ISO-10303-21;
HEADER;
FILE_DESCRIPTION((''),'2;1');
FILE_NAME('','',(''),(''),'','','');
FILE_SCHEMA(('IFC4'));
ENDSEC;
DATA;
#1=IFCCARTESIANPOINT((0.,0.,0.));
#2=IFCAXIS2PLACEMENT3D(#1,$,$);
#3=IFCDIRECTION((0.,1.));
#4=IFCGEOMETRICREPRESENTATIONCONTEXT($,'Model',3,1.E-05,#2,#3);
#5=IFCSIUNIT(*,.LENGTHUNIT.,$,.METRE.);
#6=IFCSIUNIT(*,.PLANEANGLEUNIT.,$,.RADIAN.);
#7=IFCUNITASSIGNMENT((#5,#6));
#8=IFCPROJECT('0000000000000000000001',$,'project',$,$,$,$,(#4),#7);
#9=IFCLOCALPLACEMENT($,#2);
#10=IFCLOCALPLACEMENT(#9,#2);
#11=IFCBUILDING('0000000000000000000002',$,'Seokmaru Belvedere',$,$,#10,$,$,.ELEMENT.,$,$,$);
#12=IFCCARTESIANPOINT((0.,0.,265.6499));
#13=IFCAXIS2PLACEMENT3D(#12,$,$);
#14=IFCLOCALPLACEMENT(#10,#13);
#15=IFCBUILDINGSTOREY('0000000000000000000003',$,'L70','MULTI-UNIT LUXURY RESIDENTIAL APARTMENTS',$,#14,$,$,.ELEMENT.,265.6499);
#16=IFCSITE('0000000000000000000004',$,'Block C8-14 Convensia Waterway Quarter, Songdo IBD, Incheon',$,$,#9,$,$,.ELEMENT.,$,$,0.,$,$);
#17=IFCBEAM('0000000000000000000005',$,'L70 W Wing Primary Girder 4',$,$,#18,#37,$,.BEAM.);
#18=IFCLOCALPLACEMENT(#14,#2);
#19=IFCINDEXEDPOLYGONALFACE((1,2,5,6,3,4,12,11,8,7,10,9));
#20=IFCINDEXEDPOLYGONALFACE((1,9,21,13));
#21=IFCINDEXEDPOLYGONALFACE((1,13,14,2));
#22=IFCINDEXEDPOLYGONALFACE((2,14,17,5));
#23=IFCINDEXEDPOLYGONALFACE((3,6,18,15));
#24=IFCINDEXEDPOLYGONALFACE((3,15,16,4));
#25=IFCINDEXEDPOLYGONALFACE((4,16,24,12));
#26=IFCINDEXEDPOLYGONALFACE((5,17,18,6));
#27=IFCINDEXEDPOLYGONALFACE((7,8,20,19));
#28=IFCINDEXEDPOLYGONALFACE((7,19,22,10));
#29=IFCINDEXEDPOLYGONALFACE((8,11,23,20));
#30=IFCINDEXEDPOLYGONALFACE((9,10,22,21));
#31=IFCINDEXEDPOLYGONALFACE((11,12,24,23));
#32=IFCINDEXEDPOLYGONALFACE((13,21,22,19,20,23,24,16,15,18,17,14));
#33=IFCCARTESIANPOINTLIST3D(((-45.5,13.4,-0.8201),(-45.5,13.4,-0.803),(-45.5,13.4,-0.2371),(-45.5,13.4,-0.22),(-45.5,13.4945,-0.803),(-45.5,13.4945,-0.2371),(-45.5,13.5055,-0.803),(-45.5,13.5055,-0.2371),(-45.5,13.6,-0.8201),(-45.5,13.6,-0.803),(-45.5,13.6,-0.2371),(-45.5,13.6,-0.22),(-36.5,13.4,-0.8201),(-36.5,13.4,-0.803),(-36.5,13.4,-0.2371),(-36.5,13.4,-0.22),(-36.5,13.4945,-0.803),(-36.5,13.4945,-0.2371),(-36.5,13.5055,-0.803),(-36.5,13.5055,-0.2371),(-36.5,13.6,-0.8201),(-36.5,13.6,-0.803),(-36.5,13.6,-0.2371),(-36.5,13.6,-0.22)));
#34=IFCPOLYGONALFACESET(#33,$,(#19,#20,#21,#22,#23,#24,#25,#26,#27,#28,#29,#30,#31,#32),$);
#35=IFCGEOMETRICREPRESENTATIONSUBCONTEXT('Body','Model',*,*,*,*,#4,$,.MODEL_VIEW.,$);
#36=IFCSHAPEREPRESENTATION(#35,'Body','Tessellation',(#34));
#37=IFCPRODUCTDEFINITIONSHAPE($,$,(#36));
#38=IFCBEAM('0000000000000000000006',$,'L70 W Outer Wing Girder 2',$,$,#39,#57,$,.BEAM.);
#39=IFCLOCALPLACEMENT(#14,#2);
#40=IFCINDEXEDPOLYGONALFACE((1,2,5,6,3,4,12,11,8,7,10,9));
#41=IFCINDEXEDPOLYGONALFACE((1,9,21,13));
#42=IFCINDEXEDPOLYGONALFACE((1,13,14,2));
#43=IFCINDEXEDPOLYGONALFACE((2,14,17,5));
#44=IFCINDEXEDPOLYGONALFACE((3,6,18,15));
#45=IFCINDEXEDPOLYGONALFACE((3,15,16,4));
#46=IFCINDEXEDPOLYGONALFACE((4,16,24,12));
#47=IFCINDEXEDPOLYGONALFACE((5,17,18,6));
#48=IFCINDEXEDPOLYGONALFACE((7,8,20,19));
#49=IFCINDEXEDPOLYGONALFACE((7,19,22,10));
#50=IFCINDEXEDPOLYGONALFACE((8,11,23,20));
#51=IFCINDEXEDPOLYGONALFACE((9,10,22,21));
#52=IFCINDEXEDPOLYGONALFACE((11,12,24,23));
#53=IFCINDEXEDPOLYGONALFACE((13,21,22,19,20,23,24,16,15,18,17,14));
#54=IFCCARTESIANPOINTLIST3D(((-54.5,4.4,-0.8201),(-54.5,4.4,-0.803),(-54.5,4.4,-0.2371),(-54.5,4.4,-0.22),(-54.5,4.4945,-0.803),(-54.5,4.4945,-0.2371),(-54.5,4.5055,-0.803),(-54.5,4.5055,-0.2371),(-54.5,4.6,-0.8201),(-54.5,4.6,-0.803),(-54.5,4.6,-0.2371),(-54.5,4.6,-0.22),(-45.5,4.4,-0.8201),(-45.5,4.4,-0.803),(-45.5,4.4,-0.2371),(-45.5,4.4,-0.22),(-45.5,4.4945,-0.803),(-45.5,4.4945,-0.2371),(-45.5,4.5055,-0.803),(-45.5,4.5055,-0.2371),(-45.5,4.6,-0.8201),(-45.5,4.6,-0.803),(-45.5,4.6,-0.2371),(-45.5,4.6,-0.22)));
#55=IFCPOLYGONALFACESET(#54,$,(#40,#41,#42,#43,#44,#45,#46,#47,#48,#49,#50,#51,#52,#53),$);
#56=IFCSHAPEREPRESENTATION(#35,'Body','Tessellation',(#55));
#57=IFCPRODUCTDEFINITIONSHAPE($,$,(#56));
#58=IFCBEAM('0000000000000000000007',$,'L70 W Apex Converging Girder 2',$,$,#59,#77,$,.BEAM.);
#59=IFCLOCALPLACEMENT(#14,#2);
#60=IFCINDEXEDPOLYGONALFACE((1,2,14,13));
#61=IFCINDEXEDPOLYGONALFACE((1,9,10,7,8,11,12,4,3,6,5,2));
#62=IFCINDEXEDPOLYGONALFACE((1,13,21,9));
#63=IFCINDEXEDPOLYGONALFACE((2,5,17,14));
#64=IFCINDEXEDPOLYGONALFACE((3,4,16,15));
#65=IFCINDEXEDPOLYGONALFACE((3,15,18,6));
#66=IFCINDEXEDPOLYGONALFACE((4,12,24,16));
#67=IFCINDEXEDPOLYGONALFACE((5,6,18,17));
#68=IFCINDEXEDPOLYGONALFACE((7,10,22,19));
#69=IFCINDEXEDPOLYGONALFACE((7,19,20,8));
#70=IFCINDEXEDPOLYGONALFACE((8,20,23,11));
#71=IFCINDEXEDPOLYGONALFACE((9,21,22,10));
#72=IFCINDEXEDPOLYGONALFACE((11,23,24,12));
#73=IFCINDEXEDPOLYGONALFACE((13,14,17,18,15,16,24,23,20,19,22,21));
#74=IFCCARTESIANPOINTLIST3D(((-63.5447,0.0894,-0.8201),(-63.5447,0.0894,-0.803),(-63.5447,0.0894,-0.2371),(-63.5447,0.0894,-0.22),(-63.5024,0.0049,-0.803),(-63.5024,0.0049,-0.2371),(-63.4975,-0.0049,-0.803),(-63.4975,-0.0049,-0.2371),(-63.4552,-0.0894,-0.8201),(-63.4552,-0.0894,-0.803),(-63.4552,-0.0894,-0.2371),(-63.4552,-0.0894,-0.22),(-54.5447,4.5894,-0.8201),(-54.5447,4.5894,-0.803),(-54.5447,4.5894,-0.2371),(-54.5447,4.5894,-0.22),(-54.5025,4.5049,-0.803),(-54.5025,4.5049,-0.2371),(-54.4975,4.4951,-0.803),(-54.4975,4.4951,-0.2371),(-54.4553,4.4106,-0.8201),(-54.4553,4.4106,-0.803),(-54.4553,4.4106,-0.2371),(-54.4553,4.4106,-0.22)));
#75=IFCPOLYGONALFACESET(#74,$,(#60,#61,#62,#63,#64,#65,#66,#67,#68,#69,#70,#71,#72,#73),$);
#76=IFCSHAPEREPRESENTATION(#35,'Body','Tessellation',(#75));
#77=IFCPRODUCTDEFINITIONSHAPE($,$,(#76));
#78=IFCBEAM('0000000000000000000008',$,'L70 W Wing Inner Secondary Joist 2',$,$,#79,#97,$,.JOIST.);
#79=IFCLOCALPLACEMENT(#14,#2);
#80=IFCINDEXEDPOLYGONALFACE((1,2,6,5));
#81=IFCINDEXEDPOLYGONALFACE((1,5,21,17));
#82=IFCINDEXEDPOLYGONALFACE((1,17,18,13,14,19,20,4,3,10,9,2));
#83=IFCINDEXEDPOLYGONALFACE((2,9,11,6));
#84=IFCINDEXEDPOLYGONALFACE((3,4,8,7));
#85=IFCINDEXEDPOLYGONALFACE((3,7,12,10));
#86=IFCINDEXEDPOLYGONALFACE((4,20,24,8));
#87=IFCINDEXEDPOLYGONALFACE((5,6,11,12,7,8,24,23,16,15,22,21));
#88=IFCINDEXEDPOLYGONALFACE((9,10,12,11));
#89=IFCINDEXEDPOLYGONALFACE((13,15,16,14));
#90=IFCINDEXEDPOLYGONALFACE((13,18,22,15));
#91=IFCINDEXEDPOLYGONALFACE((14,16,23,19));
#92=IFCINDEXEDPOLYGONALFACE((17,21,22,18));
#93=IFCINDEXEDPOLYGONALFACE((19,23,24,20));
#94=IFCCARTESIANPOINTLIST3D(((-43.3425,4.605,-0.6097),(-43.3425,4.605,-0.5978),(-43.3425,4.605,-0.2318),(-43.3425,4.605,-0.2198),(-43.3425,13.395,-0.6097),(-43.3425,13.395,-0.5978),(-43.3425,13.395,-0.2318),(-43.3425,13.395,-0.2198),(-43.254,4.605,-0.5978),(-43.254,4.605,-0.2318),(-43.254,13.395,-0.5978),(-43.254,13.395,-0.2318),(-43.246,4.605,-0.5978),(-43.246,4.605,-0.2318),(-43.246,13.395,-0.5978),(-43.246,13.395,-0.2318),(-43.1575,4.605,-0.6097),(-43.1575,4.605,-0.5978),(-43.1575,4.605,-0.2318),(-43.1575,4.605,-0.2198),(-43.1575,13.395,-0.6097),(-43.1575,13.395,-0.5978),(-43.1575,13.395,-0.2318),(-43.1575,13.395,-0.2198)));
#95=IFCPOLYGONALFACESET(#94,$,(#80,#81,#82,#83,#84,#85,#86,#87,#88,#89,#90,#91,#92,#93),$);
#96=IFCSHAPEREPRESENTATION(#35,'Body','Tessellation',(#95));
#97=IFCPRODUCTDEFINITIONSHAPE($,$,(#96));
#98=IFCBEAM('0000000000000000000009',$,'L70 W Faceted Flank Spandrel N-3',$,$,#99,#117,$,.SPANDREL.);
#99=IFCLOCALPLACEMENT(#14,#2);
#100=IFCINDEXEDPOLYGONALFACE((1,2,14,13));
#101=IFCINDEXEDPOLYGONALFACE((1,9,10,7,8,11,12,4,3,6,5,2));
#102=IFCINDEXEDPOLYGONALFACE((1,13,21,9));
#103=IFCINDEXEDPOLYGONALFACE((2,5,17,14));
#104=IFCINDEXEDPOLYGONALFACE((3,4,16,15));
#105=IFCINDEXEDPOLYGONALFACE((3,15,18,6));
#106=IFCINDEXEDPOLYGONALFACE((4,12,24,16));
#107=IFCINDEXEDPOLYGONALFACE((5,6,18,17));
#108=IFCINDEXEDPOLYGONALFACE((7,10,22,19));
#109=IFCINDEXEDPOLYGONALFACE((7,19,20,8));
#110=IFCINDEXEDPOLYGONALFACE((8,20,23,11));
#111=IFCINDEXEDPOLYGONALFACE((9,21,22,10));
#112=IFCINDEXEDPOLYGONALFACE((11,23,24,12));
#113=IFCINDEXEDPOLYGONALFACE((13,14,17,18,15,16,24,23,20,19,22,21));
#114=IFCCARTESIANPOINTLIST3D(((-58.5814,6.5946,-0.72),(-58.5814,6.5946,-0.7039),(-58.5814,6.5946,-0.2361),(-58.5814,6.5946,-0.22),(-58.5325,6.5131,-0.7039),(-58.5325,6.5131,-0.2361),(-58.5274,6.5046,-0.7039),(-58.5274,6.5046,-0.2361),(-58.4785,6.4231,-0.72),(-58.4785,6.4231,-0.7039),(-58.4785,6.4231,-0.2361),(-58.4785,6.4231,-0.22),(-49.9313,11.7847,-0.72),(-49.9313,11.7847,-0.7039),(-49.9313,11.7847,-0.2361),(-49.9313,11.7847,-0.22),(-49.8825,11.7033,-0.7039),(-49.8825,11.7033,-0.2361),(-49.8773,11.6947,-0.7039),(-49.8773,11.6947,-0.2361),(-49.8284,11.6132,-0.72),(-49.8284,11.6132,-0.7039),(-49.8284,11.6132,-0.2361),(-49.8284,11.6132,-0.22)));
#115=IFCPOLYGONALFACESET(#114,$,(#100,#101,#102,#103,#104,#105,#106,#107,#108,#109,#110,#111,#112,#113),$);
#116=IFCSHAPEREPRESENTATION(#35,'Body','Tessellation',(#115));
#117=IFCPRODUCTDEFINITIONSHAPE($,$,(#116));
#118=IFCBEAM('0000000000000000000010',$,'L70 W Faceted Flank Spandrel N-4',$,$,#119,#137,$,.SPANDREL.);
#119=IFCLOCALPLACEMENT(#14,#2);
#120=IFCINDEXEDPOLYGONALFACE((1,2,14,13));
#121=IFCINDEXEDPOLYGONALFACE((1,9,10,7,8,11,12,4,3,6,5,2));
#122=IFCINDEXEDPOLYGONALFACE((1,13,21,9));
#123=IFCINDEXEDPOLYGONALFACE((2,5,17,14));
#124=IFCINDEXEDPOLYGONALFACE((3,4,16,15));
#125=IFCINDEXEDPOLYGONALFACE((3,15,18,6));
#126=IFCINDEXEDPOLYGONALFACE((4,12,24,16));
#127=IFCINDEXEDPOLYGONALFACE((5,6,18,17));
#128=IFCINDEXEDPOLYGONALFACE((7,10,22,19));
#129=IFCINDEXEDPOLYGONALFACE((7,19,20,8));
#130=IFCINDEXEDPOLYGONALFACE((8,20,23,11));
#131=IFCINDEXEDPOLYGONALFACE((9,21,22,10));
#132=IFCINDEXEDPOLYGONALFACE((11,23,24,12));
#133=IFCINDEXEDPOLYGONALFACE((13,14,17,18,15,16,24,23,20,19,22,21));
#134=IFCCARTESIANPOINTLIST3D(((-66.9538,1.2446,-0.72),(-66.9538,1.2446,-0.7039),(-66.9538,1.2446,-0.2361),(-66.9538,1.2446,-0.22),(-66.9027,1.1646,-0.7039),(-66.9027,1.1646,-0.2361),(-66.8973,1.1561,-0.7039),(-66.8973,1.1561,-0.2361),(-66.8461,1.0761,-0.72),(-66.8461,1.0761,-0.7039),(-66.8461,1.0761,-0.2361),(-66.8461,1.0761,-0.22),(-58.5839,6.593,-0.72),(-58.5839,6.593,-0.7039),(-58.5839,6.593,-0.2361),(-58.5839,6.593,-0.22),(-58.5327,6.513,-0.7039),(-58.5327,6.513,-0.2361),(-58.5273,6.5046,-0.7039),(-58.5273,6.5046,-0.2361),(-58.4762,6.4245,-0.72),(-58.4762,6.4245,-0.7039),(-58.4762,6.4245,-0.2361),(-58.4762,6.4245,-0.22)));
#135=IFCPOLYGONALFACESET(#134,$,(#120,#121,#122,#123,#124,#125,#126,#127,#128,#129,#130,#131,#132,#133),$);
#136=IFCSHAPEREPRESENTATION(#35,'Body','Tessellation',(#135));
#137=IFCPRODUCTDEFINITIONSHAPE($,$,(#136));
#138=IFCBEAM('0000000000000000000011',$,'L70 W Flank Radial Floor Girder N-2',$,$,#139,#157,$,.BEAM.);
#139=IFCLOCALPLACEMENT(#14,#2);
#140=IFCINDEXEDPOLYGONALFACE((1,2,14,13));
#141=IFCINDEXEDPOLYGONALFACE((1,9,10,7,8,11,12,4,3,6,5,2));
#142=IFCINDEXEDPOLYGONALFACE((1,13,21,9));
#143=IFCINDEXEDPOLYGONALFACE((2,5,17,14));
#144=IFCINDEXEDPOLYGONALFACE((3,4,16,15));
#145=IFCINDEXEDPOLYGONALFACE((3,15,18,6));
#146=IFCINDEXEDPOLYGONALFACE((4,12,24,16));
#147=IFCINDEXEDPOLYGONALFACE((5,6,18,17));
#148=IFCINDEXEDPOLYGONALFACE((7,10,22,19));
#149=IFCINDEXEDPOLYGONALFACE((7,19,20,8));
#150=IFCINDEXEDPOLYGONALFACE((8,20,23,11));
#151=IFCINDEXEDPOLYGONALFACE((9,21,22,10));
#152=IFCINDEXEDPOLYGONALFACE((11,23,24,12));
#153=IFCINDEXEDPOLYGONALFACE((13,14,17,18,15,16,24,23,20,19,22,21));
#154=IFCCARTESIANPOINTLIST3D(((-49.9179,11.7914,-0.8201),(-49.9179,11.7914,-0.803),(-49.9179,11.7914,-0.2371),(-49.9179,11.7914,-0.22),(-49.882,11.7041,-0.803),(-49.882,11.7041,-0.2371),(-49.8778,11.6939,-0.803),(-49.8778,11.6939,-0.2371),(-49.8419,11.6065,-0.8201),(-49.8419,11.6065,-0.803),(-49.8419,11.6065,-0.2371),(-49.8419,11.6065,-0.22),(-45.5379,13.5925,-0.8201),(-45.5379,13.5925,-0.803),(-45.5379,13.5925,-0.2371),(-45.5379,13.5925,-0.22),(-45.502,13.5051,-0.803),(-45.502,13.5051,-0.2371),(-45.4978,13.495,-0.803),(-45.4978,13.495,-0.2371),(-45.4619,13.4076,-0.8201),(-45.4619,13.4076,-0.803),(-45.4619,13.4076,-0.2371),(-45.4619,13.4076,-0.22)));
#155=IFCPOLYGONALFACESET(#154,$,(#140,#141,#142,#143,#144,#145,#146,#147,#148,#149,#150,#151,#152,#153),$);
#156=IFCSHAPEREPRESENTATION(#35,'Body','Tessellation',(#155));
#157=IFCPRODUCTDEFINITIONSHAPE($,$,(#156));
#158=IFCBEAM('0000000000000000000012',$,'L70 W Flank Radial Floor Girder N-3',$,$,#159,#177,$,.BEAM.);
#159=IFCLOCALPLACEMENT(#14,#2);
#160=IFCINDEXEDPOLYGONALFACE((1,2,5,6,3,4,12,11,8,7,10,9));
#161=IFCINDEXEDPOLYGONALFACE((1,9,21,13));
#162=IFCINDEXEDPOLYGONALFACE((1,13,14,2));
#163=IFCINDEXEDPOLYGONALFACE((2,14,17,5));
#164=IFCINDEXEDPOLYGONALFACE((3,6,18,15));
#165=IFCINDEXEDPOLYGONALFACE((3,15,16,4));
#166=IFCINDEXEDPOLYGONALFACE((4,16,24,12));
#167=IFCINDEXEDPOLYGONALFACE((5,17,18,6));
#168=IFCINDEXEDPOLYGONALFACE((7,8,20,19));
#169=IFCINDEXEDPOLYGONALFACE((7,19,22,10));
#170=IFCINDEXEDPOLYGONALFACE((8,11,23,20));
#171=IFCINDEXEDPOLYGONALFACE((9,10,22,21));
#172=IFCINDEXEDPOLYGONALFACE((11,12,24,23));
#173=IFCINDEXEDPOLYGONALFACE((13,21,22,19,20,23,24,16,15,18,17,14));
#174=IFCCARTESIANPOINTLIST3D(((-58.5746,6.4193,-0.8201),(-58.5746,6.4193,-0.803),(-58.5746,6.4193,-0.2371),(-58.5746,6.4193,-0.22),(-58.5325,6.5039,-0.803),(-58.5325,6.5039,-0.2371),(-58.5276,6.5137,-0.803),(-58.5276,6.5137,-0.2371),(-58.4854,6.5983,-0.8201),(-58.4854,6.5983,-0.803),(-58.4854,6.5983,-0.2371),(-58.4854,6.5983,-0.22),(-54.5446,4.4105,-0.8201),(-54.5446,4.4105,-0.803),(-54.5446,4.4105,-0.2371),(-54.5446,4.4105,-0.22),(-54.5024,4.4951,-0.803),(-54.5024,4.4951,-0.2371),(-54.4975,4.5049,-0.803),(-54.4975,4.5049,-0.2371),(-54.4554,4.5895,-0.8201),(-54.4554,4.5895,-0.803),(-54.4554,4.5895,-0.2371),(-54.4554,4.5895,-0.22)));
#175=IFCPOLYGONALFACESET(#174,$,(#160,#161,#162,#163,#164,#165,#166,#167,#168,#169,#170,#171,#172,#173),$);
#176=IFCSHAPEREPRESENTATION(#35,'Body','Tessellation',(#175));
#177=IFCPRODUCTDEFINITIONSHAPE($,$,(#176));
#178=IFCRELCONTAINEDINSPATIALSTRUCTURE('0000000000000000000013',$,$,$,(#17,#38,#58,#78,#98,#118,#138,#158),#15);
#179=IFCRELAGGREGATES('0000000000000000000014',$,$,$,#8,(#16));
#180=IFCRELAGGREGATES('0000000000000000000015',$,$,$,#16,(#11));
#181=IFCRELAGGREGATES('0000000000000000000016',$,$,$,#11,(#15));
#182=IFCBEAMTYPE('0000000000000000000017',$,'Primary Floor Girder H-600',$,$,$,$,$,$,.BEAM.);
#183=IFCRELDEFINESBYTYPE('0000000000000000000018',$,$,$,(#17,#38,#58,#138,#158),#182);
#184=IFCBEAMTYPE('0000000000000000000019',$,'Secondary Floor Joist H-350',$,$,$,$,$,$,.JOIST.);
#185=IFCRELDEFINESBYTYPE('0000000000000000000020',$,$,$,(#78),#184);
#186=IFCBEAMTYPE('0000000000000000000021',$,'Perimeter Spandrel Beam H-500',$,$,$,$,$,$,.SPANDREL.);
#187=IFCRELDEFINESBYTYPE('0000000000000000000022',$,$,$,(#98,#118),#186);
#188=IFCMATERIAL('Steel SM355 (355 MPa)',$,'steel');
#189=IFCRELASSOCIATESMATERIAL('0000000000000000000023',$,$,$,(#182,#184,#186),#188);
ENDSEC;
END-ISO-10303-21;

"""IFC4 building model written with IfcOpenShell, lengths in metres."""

from ifc_helpers import new_model, si_unit, direction, frame, origin, origin_2d, place, context, subcontext, project, spatial, i_section, extrude, source, transform, mapped, material, material_profile, profile_set, type_object, type_shapes, element, save


model = new_model("IFC4")

# Units and contexts
model_context = context("Model", 3, precision=1e-05, world=origin(), true_north=direction((0.0, 1.0)))
body_context = subcontext(model_context, "Body", "Model", "MODEL_VIEW")
ifc_project = project(units=[si_unit("LENGTHUNIT", "METRE"), si_unit("PLANEANGLEUNIT", "RADIAN")], contexts=[model_context])

# Site, building, storey
site_placement = place(None, origin())
site = spatial("IfcSite", under=ifc_project, at=site_placement, Name="Block C8-14 Convensia Waterway Quarter, Songdo IBD, Incheon", CompositionType="ELEMENT", RefElevation=0.0)
building_placement = place(site_placement, origin())
building = spatial("IfcBuilding", under=site, at=building_placement, Name="Seokmaru Belvedere", CompositionType="ELEMENT")
storey_placement = place(building_placement, frame((0.0, 0.0, 265.6499)))
storey = spatial("IfcBuildingStorey", under=building, at=storey_placement, Name="L70", Description="MULTI-UNIT LUXURY RESIDENTIAL APARTMENTS", CompositionType="ELEMENT", Elevation=265.6499)

# Shared definitions
ifc_material_1 = material(Name="Steel SM355 (355 MPa)", Category="steel")

# Beams
ifc_material_profile_1 = material_profile(ifc_material_1, i_section(OverallWidth=0.2, OverallDepth=0.6001, WebThickness=0.011, FlangeThickness=0.0171, at=origin_2d()), Name="H-600x200x11x17")
ifc_profile_set_1 = profile_set([ifc_material_profile_1], Name="Steel SM355 (355 MPa)")
beam_type_1 = type_object("IfcBeamType", Name="Primary Floor Girder H-600", PredefinedType="BEAM", material=ifc_profile_set_1)
shared_shape_1 = source(origin(), body_context, "Body", "SweptSolid", [
    extrude(i_section(OverallWidth=0.2, OverallDepth=0.6001, WebThickness=0.011, FlangeThickness=0.0171, at=origin_2d()), origin(), (0.0, 0.0, 1.0), 9.0),
])
for number, where, z_axis, x_axis, name in (
    (1, (-45.5, 13.5, -0.52), (1.0, 0.0, 0.0), (0.0, 1.0, 0.0), "L70 W Wing Primary Girder 4"),
    (2, (-54.5, 4.5, -0.52), (1.0, 0.0, 0.0), (0.0, 1.0, 0.0), "L70 W Outer Wing Girder 2"),
):
    element("IfcBeam", number, at=place(storey_placement, frame(where, z_axis=z_axis, x_axis=x_axis)), inside=storey, type_object=beam_type_1, Name=name, PredefinedType="BEAM", context=body_context, shape_type="MappedRepresentation", body=[
        mapped(shared_shape_1, transform((0.0, 0.0, 0.0), scale=1.0)),
    ])
shared_shape_2 = source(origin(), body_context, "Body", "SweptSolid", [
    extrude(i_section(OverallWidth=0.2, OverallDepth=0.6001, WebThickness=0.011, FlangeThickness=0.0171, at=origin_2d()), origin(), (0.0, 0.0, 1.0), 10.0623),
])
beam_1_placement = place(storey_placement, frame((-54.5, 4.5, -0.52), z_axis=(-0.894427, -0.447214, 0.0), x_axis=(0.447214, -0.894427, 0.0)))
element("IfcBeam", 3, at=beam_1_placement, inside=storey, type_object=beam_type_1, Name="L70 W Apex Converging Girder 2", PredefinedType="BEAM", context=body_context, shape_type="MappedRepresentation", body=[
    mapped(shared_shape_2, transform((0.0, 0.0, 0.0), scale=1.0)),
])
ifc_material_profile_2 = material_profile(ifc_material_1, i_section(OverallWidth=0.1851, OverallDepth=0.3899, WebThickness=0.0081, FlangeThickness=0.012, at=origin_2d()), Name="H-390x185x8x12")
ifc_profile_set_2 = profile_set([ifc_material_profile_2], Name="Steel SM355 (355 MPa)")
beam_type_2 = type_object("IfcBeamType", Name="Secondary Floor Joist H-350", PredefinedType="JOIST", material=ifc_profile_set_2)
shared_shape_3 = source(origin(), body_context, "Body", "SweptSolid", [
    extrude(i_section(OverallWidth=0.1851, OverallDepth=0.3899, WebThickness=0.0081, FlangeThickness=0.012, at=origin_2d()), origin(), (0.0, 0.0, 1.0), 8.79),
])
type_shapes(beam_type_2, [shared_shape_3])
beam_2_placement = place(storey_placement, frame((-43.25, 4.605, -0.4148), z_axis=(0.0, 1.0, 0.0), x_axis=(-1.0, 0.0, 0.0)))
element("IfcBeam", 4, at=beam_2_placement, inside=storey, type_object=beam_type_2, Name="L70 W Wing Inner Secondary Joist 2", PredefinedType="JOIST", context=body_context, shape_type="MappedRepresentation", body=[
    mapped(shared_shape_3, transform((0.0, 0.0, 0.0), scale=1.0)),
])
ifc_material_profile_3 = material_profile(ifc_material_1, i_section(OverallWidth=0.2, OverallDepth=0.5, WebThickness=0.01, FlangeThickness=0.0161, at=origin_2d()), Name="H-500x200x10x16")
ifc_profile_set_3 = profile_set([ifc_material_profile_3], Name="Steel SM355 (355 MPa)")
beam_type_3 = type_object("IfcBeamType", Name="Perimeter Spandrel Beam H-500", PredefinedType="SPANDREL", material=ifc_profile_set_3)
shared_shape_4 = source(origin(), body_context, "Body", "SweptSolid", [
    extrude(i_section(OverallWidth=0.2, OverallDepth=0.5, WebThickness=0.01, FlangeThickness=0.0161, at=origin_2d()), origin(), (0.0, 0.0, 1.0), 10.0876),
])
beam_3_placement = place(storey_placement, frame((-49.8799, 11.699, -0.47), z_axis=(-0.857489, -0.514503, 0.0), x_axis=(0.514503, -0.857489, 0.0)))
element("IfcBeam", 5, at=beam_3_placement, inside=storey, type_object=beam_type_3, Name="L70 W Faceted Flank Spandrel N-3", PredefinedType="SPANDREL", context=body_context, shape_type="MappedRepresentation", body=[
    mapped(shared_shape_4, transform((0.0, 0.0, 0.0), scale=1.0)),
])
shared_shape_5 = source(origin(), body_context, "Body", "SweptSolid", [
    extrude(i_section(OverallWidth=0.2, OverallDepth=0.5, WebThickness=0.01, FlangeThickness=0.0161, at=origin_2d()), origin(), (0.0, 0.0, 1.0), 9.9329),
])
type_shapes(beam_type_3, [shared_shape_4, shared_shape_5])
beam_4_placement = place(storey_placement, frame((-58.53, 6.5088, -0.47), z_axis=(-0.842652, -0.538459, 0.0), x_axis=(0.538459, -0.842652, 0.0)))
element("IfcBeam", 6, at=beam_4_placement, inside=storey, type_object=beam_type_3, Name="L70 W Faceted Flank Spandrel N-4", PredefinedType="SPANDREL", context=body_context, shape_type="MappedRepresentation", body=[
    mapped(shared_shape_5, transform((0.0, 0.0, 0.0), scale=1.0)),
])
shared_shape_6 = source(origin(), body_context, "Body", "SweptSolid", [
    extrude(i_section(OverallWidth=0.2, OverallDepth=0.6001, WebThickness=0.011, FlangeThickness=0.0171, at=origin_2d()), origin(), (0.0, 0.0, 1.0), 4.7358),
])
beam_5_placement = place(storey_placement, frame((-49.8799, 11.699, -0.52), z_axis=(0.924861, 0.380306, 0.0), x_axis=(-0.380306, 0.924861, 0.0)))
element("IfcBeam", 7, at=beam_5_placement, inside=storey, type_object=beam_type_1, Name="L70 W Flank Radial Floor Girder N-2", PredefinedType="BEAM", context=body_context, shape_type="MappedRepresentation", body=[
    mapped(shared_shape_6, transform((0.0, 0.0, 0.0), scale=1.0)),
])
shared_shape_7 = source(origin(), body_context, "Body", "SweptSolid", [
    extrude(i_section(OverallWidth=0.2, OverallDepth=0.6001, WebThickness=0.011, FlangeThickness=0.0171, at=origin_2d()), origin(), (0.0, 0.0, 1.0), 4.5029),
])
beam_6_placement = place(storey_placement, frame((-58.53, 6.5088, -0.52), z_axis=(0.89498, -0.446107, 0.0), x_axis=(0.446107, 0.89498, 0.0)))
element("IfcBeam", 8, at=beam_6_placement, inside=storey, type_object=beam_type_1, Name="L70 W Flank Radial Floor Girder N-3", PredefinedType="BEAM", context=body_context, shape_type="MappedRepresentation", body=[
    mapped(shared_shape_7, transform((0.0, 0.0, 0.0), scale=1.0)),
])

save(model, "model.ifc")
